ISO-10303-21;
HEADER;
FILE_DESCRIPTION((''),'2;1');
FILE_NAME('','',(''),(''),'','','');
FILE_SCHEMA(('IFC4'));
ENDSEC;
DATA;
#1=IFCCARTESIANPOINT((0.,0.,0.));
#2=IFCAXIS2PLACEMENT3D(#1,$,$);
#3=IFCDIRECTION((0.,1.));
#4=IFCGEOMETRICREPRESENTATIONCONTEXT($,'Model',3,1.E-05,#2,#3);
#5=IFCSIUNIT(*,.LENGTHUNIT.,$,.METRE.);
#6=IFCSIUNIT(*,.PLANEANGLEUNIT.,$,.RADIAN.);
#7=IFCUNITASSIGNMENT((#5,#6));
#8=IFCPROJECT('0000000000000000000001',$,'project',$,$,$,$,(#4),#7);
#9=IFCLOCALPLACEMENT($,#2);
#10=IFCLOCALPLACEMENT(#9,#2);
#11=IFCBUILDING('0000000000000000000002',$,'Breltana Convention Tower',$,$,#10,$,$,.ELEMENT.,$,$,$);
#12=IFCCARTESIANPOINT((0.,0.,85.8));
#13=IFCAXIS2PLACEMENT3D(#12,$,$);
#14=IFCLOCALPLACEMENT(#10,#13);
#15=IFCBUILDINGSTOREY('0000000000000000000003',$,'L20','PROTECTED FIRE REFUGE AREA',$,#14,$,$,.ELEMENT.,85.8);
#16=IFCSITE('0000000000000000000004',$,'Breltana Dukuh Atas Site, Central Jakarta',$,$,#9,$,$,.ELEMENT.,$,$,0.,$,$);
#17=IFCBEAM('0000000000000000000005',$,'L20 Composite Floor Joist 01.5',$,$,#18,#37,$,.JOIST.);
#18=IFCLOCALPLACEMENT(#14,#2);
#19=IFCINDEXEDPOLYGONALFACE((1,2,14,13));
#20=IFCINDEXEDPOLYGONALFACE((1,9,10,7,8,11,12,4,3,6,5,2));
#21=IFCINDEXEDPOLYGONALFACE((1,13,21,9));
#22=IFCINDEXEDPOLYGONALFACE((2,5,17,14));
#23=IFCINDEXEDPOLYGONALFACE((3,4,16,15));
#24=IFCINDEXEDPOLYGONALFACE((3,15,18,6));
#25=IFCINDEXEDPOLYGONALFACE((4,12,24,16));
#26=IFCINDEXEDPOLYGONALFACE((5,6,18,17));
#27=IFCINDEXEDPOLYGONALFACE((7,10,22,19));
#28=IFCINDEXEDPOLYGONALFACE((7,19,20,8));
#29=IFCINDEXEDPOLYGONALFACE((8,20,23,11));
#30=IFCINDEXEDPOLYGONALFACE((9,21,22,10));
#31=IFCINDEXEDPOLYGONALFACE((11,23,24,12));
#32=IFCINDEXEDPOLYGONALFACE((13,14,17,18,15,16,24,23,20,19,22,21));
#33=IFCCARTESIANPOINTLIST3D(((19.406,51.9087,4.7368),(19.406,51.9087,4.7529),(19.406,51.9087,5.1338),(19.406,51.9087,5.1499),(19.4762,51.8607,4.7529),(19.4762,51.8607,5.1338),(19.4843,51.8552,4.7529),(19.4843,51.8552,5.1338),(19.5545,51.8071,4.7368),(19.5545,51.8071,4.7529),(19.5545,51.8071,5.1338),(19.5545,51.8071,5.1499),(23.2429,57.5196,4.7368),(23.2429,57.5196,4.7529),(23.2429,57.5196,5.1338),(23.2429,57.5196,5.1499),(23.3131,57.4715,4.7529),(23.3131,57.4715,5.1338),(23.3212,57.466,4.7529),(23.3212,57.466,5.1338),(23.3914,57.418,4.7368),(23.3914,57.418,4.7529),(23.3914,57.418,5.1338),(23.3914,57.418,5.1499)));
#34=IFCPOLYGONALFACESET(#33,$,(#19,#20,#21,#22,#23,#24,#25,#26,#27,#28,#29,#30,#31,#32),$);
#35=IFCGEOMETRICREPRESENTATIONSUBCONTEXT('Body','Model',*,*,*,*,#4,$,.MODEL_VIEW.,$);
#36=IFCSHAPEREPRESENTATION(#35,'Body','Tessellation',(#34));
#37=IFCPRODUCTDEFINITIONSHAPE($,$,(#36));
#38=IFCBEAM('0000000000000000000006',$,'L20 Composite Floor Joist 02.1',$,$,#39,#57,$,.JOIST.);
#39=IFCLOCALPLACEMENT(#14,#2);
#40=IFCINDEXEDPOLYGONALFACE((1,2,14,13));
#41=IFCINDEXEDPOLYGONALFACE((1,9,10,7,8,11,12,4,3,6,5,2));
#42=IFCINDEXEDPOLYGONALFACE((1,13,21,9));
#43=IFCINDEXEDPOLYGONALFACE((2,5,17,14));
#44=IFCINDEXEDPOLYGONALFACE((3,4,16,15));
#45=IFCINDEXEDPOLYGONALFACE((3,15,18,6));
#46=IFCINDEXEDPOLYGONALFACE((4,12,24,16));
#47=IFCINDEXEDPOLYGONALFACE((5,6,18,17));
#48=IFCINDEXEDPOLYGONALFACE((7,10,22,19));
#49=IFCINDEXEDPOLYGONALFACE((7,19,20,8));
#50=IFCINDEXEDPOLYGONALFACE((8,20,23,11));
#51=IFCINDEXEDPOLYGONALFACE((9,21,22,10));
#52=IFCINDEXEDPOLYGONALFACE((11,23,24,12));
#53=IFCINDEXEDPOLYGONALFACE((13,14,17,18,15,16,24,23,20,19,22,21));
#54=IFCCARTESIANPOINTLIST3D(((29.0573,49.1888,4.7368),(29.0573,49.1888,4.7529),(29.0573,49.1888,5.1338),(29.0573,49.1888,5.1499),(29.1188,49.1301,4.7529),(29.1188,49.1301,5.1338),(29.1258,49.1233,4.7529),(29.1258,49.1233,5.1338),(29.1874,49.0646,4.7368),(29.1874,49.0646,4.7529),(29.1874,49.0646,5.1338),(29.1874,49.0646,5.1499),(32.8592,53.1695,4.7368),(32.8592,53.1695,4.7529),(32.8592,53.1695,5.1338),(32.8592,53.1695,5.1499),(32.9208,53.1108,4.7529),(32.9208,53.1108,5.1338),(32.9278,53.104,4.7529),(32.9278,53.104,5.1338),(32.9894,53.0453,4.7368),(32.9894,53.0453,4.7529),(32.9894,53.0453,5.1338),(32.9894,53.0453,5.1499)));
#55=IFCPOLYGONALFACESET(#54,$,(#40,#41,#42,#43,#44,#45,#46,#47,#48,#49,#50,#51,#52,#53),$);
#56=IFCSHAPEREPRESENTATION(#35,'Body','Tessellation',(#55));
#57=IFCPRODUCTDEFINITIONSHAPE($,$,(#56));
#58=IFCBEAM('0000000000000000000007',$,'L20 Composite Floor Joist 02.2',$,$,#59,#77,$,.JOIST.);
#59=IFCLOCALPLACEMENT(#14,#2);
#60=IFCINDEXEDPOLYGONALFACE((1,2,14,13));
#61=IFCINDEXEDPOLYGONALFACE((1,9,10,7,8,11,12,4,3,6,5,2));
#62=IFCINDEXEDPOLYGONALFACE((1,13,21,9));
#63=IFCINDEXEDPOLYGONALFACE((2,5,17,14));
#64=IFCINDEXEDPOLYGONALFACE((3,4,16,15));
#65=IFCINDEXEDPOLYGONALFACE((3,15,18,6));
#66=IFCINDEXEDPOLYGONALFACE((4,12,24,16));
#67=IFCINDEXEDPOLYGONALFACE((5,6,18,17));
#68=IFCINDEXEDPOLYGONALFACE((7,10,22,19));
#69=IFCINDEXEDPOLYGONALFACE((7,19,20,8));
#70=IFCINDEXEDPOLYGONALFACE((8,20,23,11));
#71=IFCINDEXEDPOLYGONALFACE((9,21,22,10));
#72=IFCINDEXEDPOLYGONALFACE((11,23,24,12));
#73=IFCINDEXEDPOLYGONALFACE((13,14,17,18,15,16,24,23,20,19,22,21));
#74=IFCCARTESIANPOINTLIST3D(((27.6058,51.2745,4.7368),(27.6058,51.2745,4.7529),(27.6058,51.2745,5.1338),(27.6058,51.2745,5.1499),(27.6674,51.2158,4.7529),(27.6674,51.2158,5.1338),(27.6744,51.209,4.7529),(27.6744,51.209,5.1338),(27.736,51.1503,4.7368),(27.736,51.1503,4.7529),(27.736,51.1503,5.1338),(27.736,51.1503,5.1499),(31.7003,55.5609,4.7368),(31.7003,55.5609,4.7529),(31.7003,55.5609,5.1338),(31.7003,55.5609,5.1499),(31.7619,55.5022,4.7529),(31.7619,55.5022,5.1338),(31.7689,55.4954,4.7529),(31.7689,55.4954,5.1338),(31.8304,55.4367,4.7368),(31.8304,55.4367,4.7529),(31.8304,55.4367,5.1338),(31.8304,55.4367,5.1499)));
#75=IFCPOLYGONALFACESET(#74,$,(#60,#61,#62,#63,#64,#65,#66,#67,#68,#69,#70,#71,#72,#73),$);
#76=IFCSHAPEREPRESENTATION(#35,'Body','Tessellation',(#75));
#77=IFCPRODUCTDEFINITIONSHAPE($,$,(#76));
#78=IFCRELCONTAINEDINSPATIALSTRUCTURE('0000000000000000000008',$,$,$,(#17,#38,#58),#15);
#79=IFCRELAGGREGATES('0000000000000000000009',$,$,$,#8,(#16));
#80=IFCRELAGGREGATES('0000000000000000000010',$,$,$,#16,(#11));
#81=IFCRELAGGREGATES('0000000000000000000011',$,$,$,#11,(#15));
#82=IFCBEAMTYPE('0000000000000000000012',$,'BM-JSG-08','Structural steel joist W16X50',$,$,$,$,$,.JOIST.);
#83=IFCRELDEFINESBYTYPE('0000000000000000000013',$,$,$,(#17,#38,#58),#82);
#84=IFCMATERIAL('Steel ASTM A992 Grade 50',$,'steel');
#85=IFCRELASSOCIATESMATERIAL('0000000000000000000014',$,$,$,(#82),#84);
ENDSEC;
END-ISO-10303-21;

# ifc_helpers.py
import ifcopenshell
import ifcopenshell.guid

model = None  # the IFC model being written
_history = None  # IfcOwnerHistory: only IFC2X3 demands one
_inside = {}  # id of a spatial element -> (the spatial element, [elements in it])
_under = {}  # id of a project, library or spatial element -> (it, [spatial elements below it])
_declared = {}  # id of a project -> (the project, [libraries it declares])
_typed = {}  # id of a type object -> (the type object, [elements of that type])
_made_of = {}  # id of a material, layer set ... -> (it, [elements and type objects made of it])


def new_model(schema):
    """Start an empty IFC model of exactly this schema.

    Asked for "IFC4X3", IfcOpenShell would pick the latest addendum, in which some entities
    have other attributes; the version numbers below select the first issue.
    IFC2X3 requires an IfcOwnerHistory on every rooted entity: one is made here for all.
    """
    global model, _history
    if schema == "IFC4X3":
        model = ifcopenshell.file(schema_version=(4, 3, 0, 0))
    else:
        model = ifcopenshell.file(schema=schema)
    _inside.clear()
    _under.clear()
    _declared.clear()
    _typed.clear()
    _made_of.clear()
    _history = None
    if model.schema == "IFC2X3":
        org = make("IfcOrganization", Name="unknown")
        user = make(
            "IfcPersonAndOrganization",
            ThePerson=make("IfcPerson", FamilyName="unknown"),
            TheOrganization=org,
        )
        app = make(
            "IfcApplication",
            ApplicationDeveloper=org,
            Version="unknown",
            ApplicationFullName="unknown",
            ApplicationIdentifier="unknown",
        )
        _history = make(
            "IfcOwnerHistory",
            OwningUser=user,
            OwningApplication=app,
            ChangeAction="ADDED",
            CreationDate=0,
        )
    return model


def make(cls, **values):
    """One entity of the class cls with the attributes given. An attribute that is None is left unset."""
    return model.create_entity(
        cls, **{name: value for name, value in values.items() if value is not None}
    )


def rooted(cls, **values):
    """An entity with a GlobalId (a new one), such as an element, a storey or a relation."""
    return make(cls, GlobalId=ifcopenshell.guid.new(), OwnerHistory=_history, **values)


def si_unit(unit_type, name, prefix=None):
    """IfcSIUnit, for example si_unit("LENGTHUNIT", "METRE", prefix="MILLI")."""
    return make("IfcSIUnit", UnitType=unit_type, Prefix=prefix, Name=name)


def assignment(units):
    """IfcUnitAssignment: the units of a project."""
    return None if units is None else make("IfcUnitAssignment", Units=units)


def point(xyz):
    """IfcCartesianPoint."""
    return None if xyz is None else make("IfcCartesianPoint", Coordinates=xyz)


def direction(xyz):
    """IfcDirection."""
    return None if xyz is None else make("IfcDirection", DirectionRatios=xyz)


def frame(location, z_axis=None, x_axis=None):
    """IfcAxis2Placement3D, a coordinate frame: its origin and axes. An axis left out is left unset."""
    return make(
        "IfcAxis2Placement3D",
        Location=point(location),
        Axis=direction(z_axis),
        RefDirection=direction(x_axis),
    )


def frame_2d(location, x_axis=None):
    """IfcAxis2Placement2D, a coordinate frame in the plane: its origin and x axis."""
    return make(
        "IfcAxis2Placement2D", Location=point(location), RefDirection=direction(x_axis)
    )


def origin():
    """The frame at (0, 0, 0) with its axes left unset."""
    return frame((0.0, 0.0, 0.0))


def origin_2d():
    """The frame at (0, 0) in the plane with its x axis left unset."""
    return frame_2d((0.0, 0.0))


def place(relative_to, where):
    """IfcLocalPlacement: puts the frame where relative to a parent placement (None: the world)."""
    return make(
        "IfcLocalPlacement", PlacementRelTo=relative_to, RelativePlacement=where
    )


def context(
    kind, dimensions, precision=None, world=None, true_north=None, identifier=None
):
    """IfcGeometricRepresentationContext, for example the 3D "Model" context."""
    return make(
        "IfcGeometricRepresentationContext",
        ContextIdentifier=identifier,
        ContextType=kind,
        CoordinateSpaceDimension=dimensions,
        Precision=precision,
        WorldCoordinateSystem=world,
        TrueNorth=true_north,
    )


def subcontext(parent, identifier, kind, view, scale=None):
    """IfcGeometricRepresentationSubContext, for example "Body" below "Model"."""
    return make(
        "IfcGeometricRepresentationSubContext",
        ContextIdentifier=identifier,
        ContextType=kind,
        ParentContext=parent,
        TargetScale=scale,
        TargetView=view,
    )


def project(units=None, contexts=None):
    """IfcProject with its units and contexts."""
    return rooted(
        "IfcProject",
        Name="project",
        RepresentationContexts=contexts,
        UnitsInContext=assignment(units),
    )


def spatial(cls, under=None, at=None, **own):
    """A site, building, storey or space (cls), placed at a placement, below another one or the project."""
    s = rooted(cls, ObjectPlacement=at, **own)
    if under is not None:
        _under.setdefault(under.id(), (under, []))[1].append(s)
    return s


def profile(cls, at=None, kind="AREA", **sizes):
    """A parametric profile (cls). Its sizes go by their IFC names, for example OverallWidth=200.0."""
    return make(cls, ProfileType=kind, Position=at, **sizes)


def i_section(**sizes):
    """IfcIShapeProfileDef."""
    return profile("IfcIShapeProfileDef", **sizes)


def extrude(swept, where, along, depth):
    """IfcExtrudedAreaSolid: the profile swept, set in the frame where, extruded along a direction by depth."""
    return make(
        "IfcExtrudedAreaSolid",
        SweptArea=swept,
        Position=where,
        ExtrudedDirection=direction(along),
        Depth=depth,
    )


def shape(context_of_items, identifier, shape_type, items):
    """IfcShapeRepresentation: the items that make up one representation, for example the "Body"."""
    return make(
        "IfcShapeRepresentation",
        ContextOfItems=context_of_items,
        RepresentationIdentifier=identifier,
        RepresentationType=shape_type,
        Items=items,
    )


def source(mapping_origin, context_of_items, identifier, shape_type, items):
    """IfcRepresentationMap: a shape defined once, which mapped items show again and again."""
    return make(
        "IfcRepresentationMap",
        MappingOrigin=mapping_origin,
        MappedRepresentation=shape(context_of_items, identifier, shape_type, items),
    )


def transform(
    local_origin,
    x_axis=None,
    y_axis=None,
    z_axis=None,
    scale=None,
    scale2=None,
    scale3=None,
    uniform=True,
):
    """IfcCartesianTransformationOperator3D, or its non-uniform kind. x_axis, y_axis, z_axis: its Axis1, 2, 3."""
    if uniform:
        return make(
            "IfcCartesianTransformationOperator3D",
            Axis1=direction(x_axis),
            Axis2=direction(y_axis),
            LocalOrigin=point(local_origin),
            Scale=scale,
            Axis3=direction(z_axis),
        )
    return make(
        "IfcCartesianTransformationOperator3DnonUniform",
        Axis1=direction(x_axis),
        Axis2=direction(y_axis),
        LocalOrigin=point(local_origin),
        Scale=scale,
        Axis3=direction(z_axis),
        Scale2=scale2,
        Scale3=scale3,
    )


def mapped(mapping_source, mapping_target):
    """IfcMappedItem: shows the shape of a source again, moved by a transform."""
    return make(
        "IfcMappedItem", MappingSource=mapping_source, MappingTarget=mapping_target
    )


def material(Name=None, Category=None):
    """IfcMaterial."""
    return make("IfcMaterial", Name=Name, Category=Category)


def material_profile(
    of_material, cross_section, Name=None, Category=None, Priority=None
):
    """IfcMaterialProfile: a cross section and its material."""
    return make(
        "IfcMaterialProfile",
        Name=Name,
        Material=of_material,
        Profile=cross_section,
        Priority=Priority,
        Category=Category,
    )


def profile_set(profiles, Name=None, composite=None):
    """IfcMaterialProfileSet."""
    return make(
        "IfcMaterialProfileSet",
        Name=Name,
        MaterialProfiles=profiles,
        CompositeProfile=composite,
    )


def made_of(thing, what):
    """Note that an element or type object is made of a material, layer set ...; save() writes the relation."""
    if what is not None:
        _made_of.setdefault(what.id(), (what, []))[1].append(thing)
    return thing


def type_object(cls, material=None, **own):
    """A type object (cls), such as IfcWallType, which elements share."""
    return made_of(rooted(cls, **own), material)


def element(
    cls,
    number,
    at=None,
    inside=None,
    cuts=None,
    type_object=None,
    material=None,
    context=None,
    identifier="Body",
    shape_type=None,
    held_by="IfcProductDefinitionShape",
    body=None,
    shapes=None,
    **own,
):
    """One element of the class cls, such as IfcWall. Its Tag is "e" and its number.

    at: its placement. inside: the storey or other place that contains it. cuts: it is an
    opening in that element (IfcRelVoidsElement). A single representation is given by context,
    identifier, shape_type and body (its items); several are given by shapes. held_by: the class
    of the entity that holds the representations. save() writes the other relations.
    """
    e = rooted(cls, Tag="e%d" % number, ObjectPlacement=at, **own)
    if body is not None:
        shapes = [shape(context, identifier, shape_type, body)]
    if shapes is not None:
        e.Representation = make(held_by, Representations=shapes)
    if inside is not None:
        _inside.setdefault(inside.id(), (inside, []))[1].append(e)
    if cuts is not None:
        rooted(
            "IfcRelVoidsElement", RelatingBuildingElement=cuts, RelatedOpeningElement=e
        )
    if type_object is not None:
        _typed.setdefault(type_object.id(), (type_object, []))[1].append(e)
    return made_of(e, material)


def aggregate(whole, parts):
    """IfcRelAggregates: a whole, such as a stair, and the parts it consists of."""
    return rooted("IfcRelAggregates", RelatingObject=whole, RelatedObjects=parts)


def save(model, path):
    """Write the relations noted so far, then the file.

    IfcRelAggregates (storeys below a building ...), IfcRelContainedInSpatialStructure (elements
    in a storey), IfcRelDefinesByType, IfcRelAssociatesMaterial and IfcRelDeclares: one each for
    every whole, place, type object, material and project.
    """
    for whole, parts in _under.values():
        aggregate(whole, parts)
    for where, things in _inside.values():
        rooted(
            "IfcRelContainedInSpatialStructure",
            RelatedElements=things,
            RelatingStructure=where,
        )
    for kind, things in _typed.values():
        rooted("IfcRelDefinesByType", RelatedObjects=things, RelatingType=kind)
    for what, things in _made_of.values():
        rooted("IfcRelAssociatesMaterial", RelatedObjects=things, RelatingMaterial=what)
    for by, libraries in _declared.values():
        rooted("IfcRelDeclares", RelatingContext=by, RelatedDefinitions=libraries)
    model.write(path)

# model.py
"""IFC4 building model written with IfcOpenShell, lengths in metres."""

from ifc_helpers import new_model, si_unit, direction, frame, origin, origin_2d, place, context, subcontext, project, spatial, i_section, extrude, source, transform, mapped, material, material_profile, profile_set, type_object, element, save


model = new_model("IFC4")

# Units and contexts
model_context = context("Model", 3, precision=1e-05, world=origin(), true_north=direction((0.0, 1.0)))
body_context = subcontext(model_context, "Body", "Model", "MODEL_VIEW")
ifc_project = project(units=[si_unit("LENGTHUNIT", "METRE"), si_unit("PLANEANGLEUNIT", "RADIAN")], contexts=[model_context])

# Site, building, storey
site_placement = place(None, origin())
site = spatial("IfcSite", under=ifc_project, at=site_placement, Name="Breltana Dukuh Atas Site, Central Jakarta", CompositionType="ELEMENT", RefElevation=0.0)
building_placement = place(site_placement, origin())
building = spatial("IfcBuilding", under=site, at=building_placement, Name="Breltana Convention Tower", CompositionType="ELEMENT")
storey_placement = place(building_placement, frame((0.0, 0.0, 85.8)))
storey = spatial("IfcBuildingStorey", under=building, at=storey_placement, Name="L20", Description="PROTECTED FIRE REFUGE AREA", CompositionType="ELEMENT", Elevation=85.8)

# Beams
ifc_material_1 = material(Name="Steel ASTM A992 Grade 50", Category="steel")
ifc_material_profile_1 = material_profile(ifc_material_1, i_section(OverallWidth=0.1799, OverallDepth=0.4131, WebThickness=0.0098, FlangeThickness=0.0161, at=origin_2d()), Name="W16X50")
ifc_profile_set_1 = profile_set([ifc_material_profile_1], Name="Steel ASTM A992 Grade 50")
beam_type_1 = type_object("IfcBeamType", Name="BM-JSG-08", Description="Structural steel joist W16X50", PredefinedType="JOIST", material=ifc_profile_set_1)
shared_shape_1 = source(origin(), body_context, "Body", "SweptSolid", [
    extrude(i_section(OverallWidth=0.1799, OverallDepth=0.4131, WebThickness=0.0098, FlangeThickness=0.0161, at=origin_2d()), origin(), (0.0, 0.0, 1.0), 6.7974),
])
beam_1_placement = place(storey_placement, frame((19.4802, 51.8579, 4.9434), z_axis=(0.564475, 0.82545, 0.0), x_axis=(-0.82545, 0.564475, 0.0)))
element("IfcBeam", 1, at=beam_1_placement, inside=storey, type_object=beam_type_1, Name="L20 Composite Floor Joist 01.5", PredefinedType="JOIST", context=body_context, shape_type="MappedRepresentation", body=[
    mapped(shared_shape_1, transform((0.0, 0.0, 0.0), scale=1.0)),
])
shared_shape_2 = source(origin(), body_context, "Body", "SweptSolid", [
    extrude(i_section(OverallWidth=0.1799, OverallDepth=0.4131, WebThickness=0.0098, FlangeThickness=0.0161, at=origin_2d()), origin(), (0.0, 0.0, 1.0), 5.5046),
])
beam_2_placement = place(storey_placement, frame((29.1223, 49.1267, 4.9434), z_axis=(0.690688, 0.723153, 0.0), x_axis=(-0.723153, 0.690688, 0.0)))
element("IfcBeam", 2, at=beam_2_placement, inside=storey, type_object=beam_type_1, Name="L20 Composite Floor Joist 02.1", PredefinedType="JOIST", context=body_context, shape_type="MappedRepresentation", body=[
    mapped(shared_shape_2, transform((0.0, 0.0, 0.0), scale=1.0)),
])
shared_shape_3 = source(origin(), body_context, "Body", "SweptSolid", [
    extrude(i_section(OverallWidth=0.1799, OverallDepth=0.4131, WebThickness=0.0098, FlangeThickness=0.0161, at=origin_2d()), origin(), (0.0, 0.0, 1.0), 5.9277),
])
beam_3_placement = place(storey_placement, frame((27.6709, 51.2124, 4.9434), z_axis=(0.690735, 0.723108, 0.0), x_axis=(-0.723108, 0.690735, 0.0)))
element("IfcBeam", 3, at=beam_3_placement, inside=storey, type_object=beam_type_1, Name="L20 Composite Floor Joist 02.2", PredefinedType="JOIST", context=body_context, shape_type="MappedRepresentation", body=[
    mapped(shared_shape_3, transform((0.0, 0.0, 0.0), scale=1.0)),
])

save(model, "model.ifc")
